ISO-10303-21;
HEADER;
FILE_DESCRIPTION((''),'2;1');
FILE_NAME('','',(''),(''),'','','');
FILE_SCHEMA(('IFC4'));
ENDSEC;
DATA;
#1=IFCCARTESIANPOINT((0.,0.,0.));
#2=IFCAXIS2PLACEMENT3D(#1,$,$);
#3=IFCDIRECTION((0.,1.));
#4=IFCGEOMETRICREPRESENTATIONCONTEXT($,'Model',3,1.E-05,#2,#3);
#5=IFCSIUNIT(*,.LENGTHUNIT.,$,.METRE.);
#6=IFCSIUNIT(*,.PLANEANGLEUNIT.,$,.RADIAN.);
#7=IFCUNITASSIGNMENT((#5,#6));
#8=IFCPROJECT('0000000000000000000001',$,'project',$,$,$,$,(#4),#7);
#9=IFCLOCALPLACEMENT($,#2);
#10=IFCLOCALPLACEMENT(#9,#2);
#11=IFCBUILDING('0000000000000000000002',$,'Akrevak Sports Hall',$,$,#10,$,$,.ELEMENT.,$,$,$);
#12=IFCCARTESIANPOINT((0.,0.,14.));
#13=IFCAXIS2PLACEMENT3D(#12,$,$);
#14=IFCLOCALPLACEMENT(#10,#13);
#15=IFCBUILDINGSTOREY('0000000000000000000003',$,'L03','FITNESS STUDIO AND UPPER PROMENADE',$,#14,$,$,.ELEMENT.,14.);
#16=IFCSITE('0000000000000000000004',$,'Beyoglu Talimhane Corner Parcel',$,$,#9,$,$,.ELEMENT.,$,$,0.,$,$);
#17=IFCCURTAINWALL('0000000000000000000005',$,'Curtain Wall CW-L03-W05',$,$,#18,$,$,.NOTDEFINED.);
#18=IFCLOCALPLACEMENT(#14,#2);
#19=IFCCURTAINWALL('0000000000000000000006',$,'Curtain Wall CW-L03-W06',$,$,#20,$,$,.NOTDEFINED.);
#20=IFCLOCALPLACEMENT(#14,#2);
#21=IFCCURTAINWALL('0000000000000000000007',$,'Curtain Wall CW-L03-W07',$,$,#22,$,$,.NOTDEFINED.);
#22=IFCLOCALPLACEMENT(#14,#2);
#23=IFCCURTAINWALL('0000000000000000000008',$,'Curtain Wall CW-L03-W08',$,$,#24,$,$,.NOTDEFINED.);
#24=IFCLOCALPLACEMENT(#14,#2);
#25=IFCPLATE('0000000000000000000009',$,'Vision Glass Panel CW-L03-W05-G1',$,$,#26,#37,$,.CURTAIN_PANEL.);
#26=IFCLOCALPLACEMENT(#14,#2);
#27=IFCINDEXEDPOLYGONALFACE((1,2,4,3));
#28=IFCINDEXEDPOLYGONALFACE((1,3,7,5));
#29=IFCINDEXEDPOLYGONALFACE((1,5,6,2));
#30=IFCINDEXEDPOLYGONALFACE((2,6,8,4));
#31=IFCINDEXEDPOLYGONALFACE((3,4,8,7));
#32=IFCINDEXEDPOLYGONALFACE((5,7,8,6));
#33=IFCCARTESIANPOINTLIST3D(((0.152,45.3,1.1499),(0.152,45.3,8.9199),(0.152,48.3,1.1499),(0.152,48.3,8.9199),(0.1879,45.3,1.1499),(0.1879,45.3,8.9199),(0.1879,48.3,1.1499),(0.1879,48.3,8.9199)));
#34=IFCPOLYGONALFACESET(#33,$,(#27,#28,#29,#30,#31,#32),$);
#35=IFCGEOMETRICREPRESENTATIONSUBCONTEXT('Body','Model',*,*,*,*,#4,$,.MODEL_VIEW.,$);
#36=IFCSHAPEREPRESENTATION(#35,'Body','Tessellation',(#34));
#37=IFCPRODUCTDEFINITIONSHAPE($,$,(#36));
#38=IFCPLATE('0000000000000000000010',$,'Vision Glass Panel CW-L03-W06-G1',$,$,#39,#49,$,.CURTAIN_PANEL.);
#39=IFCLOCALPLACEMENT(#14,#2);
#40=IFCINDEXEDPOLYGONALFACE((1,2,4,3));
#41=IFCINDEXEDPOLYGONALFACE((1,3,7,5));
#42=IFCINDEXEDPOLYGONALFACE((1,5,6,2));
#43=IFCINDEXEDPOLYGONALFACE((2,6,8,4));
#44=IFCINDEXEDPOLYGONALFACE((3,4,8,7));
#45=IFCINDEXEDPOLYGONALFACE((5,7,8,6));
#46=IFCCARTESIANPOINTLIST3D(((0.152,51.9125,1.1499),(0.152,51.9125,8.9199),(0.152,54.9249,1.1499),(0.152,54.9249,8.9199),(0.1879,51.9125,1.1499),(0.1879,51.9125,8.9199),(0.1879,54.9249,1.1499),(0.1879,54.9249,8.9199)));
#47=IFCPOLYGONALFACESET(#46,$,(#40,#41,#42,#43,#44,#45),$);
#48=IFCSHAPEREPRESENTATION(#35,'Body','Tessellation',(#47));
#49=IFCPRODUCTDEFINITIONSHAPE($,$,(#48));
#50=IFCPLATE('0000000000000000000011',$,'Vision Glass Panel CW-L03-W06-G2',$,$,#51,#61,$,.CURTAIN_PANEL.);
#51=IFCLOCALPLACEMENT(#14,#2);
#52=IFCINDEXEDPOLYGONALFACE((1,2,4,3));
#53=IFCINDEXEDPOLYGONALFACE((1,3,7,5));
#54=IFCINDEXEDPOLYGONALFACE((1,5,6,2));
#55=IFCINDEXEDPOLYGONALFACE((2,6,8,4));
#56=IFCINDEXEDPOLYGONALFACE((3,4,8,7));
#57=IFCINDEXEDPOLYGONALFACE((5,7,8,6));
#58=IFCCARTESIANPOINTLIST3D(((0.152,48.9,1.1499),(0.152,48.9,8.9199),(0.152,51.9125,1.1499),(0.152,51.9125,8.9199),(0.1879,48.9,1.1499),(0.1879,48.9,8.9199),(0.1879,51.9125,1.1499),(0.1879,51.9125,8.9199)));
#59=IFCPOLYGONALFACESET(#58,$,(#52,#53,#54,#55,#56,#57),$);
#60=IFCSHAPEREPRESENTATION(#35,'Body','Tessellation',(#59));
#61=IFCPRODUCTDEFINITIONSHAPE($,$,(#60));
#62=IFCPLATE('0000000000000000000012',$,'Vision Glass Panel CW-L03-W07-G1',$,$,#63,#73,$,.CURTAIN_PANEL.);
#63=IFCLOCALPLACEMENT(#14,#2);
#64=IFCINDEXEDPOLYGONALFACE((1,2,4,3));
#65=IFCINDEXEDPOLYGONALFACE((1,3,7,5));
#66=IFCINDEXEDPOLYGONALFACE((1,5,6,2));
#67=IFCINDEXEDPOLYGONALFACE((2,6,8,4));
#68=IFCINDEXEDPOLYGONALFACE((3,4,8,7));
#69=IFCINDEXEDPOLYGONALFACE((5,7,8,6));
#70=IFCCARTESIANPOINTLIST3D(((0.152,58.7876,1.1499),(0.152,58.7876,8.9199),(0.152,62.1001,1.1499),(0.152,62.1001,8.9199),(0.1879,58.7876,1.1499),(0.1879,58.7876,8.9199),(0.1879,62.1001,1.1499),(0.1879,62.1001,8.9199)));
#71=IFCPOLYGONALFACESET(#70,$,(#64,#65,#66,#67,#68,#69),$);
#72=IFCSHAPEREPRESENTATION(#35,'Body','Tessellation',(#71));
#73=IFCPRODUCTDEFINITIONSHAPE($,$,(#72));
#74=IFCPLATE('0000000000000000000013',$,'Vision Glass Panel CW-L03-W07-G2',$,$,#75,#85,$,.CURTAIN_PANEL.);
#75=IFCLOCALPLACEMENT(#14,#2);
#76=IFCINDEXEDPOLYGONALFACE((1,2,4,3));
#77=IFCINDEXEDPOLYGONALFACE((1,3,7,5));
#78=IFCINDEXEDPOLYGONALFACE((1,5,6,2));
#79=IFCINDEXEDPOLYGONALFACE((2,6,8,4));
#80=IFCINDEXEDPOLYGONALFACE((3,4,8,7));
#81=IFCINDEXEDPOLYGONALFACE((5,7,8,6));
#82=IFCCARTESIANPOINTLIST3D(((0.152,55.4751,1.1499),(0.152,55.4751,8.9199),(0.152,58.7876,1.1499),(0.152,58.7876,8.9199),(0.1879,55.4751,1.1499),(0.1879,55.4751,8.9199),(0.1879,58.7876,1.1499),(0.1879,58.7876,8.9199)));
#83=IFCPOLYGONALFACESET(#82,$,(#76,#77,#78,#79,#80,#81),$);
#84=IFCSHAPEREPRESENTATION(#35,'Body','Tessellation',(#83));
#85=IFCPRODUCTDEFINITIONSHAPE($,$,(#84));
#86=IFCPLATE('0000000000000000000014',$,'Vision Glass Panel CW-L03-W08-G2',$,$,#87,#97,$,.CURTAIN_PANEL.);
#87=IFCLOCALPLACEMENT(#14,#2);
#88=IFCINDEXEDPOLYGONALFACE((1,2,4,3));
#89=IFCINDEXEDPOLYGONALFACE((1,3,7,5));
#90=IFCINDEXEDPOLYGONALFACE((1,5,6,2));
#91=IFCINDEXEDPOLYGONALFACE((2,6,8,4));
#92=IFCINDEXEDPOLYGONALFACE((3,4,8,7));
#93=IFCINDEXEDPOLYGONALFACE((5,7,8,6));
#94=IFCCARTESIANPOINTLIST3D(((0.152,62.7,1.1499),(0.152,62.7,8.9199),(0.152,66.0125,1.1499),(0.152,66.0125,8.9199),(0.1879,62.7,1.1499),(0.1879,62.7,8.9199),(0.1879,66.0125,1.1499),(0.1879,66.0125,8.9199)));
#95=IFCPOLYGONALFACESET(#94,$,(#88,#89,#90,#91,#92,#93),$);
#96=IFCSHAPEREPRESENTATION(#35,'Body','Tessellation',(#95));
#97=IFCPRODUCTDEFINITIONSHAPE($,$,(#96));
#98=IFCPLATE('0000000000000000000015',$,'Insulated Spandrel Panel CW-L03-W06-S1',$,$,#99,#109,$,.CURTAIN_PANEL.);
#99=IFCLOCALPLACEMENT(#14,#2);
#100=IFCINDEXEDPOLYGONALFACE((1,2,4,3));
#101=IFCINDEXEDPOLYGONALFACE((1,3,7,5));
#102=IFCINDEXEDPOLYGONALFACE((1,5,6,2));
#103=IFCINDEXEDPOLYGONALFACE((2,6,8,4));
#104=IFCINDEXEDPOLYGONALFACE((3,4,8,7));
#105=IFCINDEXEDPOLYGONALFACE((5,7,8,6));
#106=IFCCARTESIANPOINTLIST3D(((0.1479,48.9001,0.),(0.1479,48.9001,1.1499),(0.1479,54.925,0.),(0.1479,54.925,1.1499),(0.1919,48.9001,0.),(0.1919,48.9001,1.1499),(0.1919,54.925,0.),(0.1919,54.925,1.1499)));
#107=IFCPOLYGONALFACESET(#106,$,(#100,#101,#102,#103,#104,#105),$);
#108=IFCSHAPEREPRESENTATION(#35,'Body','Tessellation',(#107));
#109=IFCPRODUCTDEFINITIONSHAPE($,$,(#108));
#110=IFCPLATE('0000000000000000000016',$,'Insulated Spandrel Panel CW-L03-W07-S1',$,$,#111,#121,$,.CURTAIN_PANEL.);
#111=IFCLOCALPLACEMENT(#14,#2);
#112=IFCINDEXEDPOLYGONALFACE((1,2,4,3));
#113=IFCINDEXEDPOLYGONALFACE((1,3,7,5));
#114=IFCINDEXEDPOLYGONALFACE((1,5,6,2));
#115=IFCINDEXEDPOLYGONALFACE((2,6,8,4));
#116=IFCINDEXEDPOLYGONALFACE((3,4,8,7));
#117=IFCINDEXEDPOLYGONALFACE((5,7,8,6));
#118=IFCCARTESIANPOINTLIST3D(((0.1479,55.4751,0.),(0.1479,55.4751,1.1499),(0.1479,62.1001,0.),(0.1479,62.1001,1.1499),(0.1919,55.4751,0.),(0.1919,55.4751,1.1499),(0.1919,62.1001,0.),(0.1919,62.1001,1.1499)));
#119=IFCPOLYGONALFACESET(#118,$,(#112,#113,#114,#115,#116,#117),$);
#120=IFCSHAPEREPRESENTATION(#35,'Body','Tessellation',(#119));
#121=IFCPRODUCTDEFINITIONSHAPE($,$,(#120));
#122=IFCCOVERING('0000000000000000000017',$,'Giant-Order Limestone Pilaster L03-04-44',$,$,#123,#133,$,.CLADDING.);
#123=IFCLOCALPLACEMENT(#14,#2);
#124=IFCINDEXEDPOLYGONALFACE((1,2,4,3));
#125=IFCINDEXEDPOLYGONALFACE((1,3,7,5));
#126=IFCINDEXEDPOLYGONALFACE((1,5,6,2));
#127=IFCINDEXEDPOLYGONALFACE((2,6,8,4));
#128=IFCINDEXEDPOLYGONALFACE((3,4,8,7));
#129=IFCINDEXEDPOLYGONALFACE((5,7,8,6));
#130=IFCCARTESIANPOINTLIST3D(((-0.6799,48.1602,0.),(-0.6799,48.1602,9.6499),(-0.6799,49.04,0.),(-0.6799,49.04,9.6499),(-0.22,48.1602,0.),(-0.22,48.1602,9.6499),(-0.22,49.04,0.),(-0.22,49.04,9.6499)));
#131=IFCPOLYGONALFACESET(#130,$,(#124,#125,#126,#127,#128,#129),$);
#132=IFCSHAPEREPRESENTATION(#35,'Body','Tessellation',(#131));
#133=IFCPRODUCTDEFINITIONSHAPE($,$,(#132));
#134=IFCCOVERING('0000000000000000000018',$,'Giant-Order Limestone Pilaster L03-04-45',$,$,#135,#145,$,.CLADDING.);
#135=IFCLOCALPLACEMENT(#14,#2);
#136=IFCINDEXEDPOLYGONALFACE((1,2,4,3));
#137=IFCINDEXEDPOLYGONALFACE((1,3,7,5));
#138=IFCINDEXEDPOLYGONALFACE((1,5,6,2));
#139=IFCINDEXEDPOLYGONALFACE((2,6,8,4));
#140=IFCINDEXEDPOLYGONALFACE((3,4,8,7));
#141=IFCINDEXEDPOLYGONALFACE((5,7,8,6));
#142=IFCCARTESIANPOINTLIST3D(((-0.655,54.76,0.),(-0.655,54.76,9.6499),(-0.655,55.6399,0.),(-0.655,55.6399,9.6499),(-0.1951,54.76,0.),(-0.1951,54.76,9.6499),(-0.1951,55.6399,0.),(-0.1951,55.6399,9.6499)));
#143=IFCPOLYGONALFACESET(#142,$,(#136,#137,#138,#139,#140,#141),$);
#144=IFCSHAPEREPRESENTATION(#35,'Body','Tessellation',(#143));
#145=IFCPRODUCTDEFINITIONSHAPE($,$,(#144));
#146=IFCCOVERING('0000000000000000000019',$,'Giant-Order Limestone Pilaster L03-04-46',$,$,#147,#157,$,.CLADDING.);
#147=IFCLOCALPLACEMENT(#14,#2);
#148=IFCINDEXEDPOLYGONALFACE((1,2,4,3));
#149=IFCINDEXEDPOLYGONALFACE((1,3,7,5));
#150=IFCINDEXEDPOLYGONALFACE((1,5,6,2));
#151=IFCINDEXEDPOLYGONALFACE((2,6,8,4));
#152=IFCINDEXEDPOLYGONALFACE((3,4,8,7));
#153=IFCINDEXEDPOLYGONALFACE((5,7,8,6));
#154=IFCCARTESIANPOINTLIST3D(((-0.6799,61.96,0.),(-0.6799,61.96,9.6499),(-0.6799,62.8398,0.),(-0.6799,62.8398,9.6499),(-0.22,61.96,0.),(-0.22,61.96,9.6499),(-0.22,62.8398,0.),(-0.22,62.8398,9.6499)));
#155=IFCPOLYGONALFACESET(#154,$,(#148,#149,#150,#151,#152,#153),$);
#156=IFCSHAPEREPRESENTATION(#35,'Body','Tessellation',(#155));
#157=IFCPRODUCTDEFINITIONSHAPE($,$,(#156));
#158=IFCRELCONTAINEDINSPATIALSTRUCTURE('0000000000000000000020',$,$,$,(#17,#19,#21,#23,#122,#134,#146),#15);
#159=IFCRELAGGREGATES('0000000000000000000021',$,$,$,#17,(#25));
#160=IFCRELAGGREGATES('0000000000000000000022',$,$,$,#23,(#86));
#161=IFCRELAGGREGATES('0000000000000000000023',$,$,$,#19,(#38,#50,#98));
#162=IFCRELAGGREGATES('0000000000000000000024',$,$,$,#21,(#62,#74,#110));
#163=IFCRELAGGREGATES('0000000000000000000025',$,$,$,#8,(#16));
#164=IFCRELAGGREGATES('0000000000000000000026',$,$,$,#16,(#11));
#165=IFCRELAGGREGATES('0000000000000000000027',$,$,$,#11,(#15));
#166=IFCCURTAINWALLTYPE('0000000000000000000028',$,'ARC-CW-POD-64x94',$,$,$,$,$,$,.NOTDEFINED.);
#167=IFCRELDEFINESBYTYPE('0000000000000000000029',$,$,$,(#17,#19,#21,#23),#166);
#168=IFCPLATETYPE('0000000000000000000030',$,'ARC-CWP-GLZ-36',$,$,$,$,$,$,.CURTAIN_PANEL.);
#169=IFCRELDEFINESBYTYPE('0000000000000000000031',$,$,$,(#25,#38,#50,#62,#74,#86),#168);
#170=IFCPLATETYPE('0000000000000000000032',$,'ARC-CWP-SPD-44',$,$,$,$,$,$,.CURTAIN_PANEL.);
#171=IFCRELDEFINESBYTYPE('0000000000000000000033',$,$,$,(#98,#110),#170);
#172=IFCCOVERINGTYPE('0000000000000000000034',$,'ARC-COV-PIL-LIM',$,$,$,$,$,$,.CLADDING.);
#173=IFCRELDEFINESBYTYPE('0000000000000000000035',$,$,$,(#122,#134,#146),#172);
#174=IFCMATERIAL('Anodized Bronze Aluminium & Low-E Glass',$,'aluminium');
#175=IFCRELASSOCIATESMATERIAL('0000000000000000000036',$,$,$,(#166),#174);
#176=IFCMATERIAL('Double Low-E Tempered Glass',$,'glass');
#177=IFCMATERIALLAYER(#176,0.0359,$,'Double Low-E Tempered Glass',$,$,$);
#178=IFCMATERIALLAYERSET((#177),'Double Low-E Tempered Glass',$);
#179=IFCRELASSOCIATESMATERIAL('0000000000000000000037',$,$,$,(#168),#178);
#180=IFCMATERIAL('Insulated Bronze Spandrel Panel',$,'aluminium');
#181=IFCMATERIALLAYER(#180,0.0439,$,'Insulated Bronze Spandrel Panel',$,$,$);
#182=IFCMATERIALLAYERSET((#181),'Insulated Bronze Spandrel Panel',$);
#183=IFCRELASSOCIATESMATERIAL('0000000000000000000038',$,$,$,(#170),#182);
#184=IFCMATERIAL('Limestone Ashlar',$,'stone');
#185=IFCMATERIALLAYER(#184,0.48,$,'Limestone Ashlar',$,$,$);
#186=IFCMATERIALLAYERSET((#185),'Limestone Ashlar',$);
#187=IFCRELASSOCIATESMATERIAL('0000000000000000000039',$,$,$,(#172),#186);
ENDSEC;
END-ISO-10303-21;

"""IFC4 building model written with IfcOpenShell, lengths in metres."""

from ifc_helpers import new_model, si_unit, direction, frame, origin, origin_2d, place, context, subcontext, project, spatial, rectangle, extrude, material, layer, layer_set, type_object, element, aggregate, save


model = new_model("IFC4")

# Units and contexts
model_context = context("Model", 3, precision=1e-05, world=origin(), true_north=direction((0.0, 1.0)))
body_context = subcontext(model_context, "Body", "Model", "MODEL_VIEW")
ifc_project = project(units=[si_unit("LENGTHUNIT", "METRE"), si_unit("PLANEANGLEUNIT", "RADIAN")], contexts=[model_context])

# Site, building, storey
site_placement = place(None, origin())
site = spatial("IfcSite", under=ifc_project, at=site_placement, Name="Beyoglu Talimhane Corner Parcel", CompositionType="ELEMENT", RefElevation=0.0)
building_placement = place(site_placement, origin())
building = spatial("IfcBuilding", under=site, at=building_placement, Name="Akrevak Sports Hall", CompositionType="ELEMENT")
storey_placement = place(building_placement, frame((0.0, 0.0, 14.0)))
storey = spatial("IfcBuildingStorey", under=building, at=storey_placement, Name="L03", Description="FITNESS STUDIO AND UPPER PROMENADE", CompositionType="ELEMENT", Elevation=14.0)

# Curtain wall
ifc_material_1 = material(Name="Anodized Bronze Aluminium & Low-E Glass", Category="aluminium")
curtain_wall_type = type_object("IfcCurtainWallType", Name="ARC-CW-POD-64x94", PredefinedType="NOTDEFINED", material=ifc_material_1)
curtain_wall_1_placement = place(storey_placement, origin())
curtain_wall_1 = element("IfcCurtainWall", 1, at=curtain_wall_1_placement, inside=storey, type_object=curtain_wall_type, Name="Curtain Wall CW-L03-W05", PredefinedType="NOTDEFINED")

# Curtain walls
curtain_wall_2_placement = place(storey_placement, origin())
curtain_wall_2 = element("IfcCurtainWall", 2, at=curtain_wall_2_placement, inside=storey, type_object=curtain_wall_type, Name="Curtain Wall CW-L03-W06", PredefinedType="NOTDEFINED")
curtain_wall_3_placement = place(storey_placement, origin())
curtain_wall_3 = element("IfcCurtainWall", 3, at=curtain_wall_3_placement, inside=storey, type_object=curtain_wall_type, Name="Curtain Wall CW-L03-W07", PredefinedType="NOTDEFINED")

# Curtain wall
curtain_wall_4_placement = place(storey_placement, origin())
curtain_wall_4 = element("IfcCurtainWall", 4, at=curtain_wall_4_placement, inside=storey, type_object=curtain_wall_type, Name="Curtain Wall CW-L03-W08", PredefinedType="NOTDEFINED")

# Plates
ifc_material_2 = material(Name="Double Low-E Tempered Glass", Category="glass")
ifc_layer_1 = layer(ifc_material_2, 0.0359, Name="Double Low-E Tempered Glass")
ifc_layer_set_1 = layer_set([ifc_layer_1], Name="Double Low-E Tempered Glass")
plate_type_1 = type_object("IfcPlateType", Name="ARC-CWP-GLZ-36", PredefinedType="CURTAIN_PANEL", material=ifc_layer_set_1)
plate_1_placement = place(storey_placement, frame((0.1699, 46.8, 1.1499), z_axis=(0.0, 0.0, 1.0), x_axis=(0.0, -1.0, 0.0)))
plate_1 = element("IfcPlate", 5, at=plate_1_placement, type_object=plate_type_1, Name="Vision Glass Panel CW-L03-W05-G1", PredefinedType="CURTAIN_PANEL", context=body_context, shape_type="SweptSolid", body=[
    extrude(rectangle(XDim=3.0, YDim=0.0359, at=origin_2d()), origin(), (0.0, 0.0, 1.0), 7.77),
])
aggregate(curtain_wall_1, [plate_1])
plate_2_placement = place(storey_placement, frame((0.1699, 53.4187, 1.1499), z_axis=(0.0, 0.0, 1.0), x_axis=(0.0, -1.0, 0.0)))
plate_2 = element("IfcPlate", 6, at=plate_2_placement, type_object=plate_type_1, Name="Vision Glass Panel CW-L03-W06-G1", PredefinedType="CURTAIN_PANEL", context=body_context, shape_type="SweptSolid", body=[
    extrude(rectangle(XDim=3.0125, YDim=0.0359, at=origin_2d()), origin(), (0.0, 0.0, 1.0), 7.77),
])
plate_3_placement = place(storey_placement, frame((0.1699, 50.4062, 1.1499), z_axis=(0.0, 0.0, 1.0), x_axis=(0.0, -1.0, 0.0)))
plate_3 = element("IfcPlate", 7, at=plate_3_placement, type_object=plate_type_1, Name="Vision Glass Panel CW-L03-W06-G2", PredefinedType="CURTAIN_PANEL", context=body_context, shape_type="SweptSolid", body=[
    extrude(rectangle(XDim=3.0125, YDim=0.0359, at=origin_2d()), origin(), (0.0, 0.0, 1.0), 7.77),
])
plate_4_placement = place(storey_placement, frame((0.1699, 60.4438, 1.1499), z_axis=(0.0, 0.0, 1.0), x_axis=(0.0, -1.0, 0.0)))
plate_4 = element("IfcPlate", 8, at=plate_4_placement, type_object=plate_type_1, Name="Vision Glass Panel CW-L03-W07-G1", PredefinedType="CURTAIN_PANEL", context=body_context, shape_type="SweptSolid", body=[
    extrude(rectangle(XDim=3.3125, YDim=0.0359, at=origin_2d()), origin(), (0.0, 0.0, 1.0), 7.77),
])
plate_5_placement = place(storey_placement, frame((0.1699, 57.1313, 1.1499), z_axis=(0.0, 0.0, 1.0), x_axis=(0.0, -1.0, 0.0)))
plate_5 = element("IfcPlate", 9, at=plate_5_placement, type_object=plate_type_1, Name="Vision Glass Panel CW-L03-W07-G2", PredefinedType="CURTAIN_PANEL", context=body_context, shape_type="SweptSolid", body=[
    extrude(rectangle(XDim=3.3125, YDim=0.0359, at=origin_2d()), origin(), (0.0, 0.0, 1.0), 7.77),
])
plate_6_placement = place(storey_placement, frame((0.1699, 64.3562, 1.1499), z_axis=(0.0, 0.0, 1.0), x_axis=(0.0, -1.0, 0.0)))
plate_6 = element("IfcPlate", 10, at=plate_6_placement, type_object=plate_type_1, Name="Vision Glass Panel CW-L03-W08-G2", PredefinedType="CURTAIN_PANEL", context=body_context, shape_type="SweptSolid", body=[
    extrude(rectangle(XDim=3.3125, YDim=0.0359, at=origin_2d()), origin(), (0.0, 0.0, 1.0), 7.77),
])
aggregate(curtain_wall_4, [plate_6])
ifc_material_3 = material(Name="Insulated Bronze Spandrel Panel", Category="aluminium")
ifc_layer_2 = layer(ifc_material_3, 0.0439, Name="Insulated Bronze Spandrel Panel")
ifc_layer_set_2 = layer_set([ifc_layer_2], Name="Insulated Bronze Spandrel Panel")
plate_type_2 = type_object("IfcPlateType", Name="ARC-CWP-SPD-44", PredefinedType="CURTAIN_PANEL", material=ifc_layer_set_2)
plate_7_placement = place(storey_placement, frame((0.1699, 51.9126, 0.0), z_axis=(0.0, 0.0, 1.0), x_axis=(0.0, -1.0, 0.0)))
plate_7 = element("IfcPlate", 11, at=plate_7_placement, type_object=plate_type_2, Name="Insulated Spandrel Panel CW-L03-W06-S1", PredefinedType="CURTAIN_PANEL", context=body_context, shape_type="SweptSolid", body=[
    extrude(rectangle(XDim=6.0249, YDim=0.0439, at=origin_2d()), origin(), (0.0, 0.0, 1.0), 1.1499),
])
aggregate(curtain_wall_2, [plate_2, plate_3, plate_7])
plate_8_placement = place(storey_placement, frame((0.1699, 58.7876, 0.0), z_axis=(0.0, 0.0, 1.0), x_axis=(0.0, -1.0, 0.0)))
plate_8 = element("IfcPlate", 12, at=plate_8_placement, type_object=plate_type_2, Name="Insulated Spandrel Panel CW-L03-W07-S1", PredefinedType="CURTAIN_PANEL", context=body_context, shape_type="SweptSolid", body=[
    extrude(rectangle(XDim=6.625, YDim=0.0439, at=origin_2d()), origin(), (0.0, 0.0, 1.0), 1.1499),
])
aggregate(curtain_wall_3, [plate_4, plate_5, plate_8])

# Coverings
ifc_material_4 = material(Name="Limestone Ashlar", Category="stone")
ifc_layer_3 = layer(ifc_material_4, 0.48, Name="Limestone Ashlar")
ifc_layer_set_3 = layer_set([ifc_layer_3], Name="Limestone Ashlar")
covering_type = type_object("IfcCoveringType", Name="ARC-COV-PIL-LIM", PredefinedType="CLADDING", material=ifc_layer_set_3)
for number, where, z_axis, x_axis, name in (
    (13, (-0.45, 48.6001, 0.0), (0.0, 0.0, 1.0), (0.0, -1.0, 0.0), "Giant-Order Limestone Pilaster L03-04-44"),
    (14, (-0.425, 55.2, 0.0), (0.0, 0.0, 1.0), (0.0, -1.0, 0.0), "Giant-Order Limestone Pilaster L03-04-45"),
    (15, (-0.45, 62.3999, 0.0), (0.0, 0.0, 1.0), (0.0, -1.0, 0.0), "Giant-Order Limestone Pilaster L03-04-46"),
):
    element("IfcCovering", number, at=place(storey_placement, frame(where, z_axis=z_axis, x_axis=x_axis)), inside=storey, type_object=covering_type, Name=name, PredefinedType="CLADDING", context=body_context, shape_type="SweptSolid", body=[
        extrude(rectangle(XDim=0.8799, YDim=0.46, at=origin_2d()), origin(), (0.0, 0.0, 1.0), 9.6499),
    ])

save(model, "model.ifc")
